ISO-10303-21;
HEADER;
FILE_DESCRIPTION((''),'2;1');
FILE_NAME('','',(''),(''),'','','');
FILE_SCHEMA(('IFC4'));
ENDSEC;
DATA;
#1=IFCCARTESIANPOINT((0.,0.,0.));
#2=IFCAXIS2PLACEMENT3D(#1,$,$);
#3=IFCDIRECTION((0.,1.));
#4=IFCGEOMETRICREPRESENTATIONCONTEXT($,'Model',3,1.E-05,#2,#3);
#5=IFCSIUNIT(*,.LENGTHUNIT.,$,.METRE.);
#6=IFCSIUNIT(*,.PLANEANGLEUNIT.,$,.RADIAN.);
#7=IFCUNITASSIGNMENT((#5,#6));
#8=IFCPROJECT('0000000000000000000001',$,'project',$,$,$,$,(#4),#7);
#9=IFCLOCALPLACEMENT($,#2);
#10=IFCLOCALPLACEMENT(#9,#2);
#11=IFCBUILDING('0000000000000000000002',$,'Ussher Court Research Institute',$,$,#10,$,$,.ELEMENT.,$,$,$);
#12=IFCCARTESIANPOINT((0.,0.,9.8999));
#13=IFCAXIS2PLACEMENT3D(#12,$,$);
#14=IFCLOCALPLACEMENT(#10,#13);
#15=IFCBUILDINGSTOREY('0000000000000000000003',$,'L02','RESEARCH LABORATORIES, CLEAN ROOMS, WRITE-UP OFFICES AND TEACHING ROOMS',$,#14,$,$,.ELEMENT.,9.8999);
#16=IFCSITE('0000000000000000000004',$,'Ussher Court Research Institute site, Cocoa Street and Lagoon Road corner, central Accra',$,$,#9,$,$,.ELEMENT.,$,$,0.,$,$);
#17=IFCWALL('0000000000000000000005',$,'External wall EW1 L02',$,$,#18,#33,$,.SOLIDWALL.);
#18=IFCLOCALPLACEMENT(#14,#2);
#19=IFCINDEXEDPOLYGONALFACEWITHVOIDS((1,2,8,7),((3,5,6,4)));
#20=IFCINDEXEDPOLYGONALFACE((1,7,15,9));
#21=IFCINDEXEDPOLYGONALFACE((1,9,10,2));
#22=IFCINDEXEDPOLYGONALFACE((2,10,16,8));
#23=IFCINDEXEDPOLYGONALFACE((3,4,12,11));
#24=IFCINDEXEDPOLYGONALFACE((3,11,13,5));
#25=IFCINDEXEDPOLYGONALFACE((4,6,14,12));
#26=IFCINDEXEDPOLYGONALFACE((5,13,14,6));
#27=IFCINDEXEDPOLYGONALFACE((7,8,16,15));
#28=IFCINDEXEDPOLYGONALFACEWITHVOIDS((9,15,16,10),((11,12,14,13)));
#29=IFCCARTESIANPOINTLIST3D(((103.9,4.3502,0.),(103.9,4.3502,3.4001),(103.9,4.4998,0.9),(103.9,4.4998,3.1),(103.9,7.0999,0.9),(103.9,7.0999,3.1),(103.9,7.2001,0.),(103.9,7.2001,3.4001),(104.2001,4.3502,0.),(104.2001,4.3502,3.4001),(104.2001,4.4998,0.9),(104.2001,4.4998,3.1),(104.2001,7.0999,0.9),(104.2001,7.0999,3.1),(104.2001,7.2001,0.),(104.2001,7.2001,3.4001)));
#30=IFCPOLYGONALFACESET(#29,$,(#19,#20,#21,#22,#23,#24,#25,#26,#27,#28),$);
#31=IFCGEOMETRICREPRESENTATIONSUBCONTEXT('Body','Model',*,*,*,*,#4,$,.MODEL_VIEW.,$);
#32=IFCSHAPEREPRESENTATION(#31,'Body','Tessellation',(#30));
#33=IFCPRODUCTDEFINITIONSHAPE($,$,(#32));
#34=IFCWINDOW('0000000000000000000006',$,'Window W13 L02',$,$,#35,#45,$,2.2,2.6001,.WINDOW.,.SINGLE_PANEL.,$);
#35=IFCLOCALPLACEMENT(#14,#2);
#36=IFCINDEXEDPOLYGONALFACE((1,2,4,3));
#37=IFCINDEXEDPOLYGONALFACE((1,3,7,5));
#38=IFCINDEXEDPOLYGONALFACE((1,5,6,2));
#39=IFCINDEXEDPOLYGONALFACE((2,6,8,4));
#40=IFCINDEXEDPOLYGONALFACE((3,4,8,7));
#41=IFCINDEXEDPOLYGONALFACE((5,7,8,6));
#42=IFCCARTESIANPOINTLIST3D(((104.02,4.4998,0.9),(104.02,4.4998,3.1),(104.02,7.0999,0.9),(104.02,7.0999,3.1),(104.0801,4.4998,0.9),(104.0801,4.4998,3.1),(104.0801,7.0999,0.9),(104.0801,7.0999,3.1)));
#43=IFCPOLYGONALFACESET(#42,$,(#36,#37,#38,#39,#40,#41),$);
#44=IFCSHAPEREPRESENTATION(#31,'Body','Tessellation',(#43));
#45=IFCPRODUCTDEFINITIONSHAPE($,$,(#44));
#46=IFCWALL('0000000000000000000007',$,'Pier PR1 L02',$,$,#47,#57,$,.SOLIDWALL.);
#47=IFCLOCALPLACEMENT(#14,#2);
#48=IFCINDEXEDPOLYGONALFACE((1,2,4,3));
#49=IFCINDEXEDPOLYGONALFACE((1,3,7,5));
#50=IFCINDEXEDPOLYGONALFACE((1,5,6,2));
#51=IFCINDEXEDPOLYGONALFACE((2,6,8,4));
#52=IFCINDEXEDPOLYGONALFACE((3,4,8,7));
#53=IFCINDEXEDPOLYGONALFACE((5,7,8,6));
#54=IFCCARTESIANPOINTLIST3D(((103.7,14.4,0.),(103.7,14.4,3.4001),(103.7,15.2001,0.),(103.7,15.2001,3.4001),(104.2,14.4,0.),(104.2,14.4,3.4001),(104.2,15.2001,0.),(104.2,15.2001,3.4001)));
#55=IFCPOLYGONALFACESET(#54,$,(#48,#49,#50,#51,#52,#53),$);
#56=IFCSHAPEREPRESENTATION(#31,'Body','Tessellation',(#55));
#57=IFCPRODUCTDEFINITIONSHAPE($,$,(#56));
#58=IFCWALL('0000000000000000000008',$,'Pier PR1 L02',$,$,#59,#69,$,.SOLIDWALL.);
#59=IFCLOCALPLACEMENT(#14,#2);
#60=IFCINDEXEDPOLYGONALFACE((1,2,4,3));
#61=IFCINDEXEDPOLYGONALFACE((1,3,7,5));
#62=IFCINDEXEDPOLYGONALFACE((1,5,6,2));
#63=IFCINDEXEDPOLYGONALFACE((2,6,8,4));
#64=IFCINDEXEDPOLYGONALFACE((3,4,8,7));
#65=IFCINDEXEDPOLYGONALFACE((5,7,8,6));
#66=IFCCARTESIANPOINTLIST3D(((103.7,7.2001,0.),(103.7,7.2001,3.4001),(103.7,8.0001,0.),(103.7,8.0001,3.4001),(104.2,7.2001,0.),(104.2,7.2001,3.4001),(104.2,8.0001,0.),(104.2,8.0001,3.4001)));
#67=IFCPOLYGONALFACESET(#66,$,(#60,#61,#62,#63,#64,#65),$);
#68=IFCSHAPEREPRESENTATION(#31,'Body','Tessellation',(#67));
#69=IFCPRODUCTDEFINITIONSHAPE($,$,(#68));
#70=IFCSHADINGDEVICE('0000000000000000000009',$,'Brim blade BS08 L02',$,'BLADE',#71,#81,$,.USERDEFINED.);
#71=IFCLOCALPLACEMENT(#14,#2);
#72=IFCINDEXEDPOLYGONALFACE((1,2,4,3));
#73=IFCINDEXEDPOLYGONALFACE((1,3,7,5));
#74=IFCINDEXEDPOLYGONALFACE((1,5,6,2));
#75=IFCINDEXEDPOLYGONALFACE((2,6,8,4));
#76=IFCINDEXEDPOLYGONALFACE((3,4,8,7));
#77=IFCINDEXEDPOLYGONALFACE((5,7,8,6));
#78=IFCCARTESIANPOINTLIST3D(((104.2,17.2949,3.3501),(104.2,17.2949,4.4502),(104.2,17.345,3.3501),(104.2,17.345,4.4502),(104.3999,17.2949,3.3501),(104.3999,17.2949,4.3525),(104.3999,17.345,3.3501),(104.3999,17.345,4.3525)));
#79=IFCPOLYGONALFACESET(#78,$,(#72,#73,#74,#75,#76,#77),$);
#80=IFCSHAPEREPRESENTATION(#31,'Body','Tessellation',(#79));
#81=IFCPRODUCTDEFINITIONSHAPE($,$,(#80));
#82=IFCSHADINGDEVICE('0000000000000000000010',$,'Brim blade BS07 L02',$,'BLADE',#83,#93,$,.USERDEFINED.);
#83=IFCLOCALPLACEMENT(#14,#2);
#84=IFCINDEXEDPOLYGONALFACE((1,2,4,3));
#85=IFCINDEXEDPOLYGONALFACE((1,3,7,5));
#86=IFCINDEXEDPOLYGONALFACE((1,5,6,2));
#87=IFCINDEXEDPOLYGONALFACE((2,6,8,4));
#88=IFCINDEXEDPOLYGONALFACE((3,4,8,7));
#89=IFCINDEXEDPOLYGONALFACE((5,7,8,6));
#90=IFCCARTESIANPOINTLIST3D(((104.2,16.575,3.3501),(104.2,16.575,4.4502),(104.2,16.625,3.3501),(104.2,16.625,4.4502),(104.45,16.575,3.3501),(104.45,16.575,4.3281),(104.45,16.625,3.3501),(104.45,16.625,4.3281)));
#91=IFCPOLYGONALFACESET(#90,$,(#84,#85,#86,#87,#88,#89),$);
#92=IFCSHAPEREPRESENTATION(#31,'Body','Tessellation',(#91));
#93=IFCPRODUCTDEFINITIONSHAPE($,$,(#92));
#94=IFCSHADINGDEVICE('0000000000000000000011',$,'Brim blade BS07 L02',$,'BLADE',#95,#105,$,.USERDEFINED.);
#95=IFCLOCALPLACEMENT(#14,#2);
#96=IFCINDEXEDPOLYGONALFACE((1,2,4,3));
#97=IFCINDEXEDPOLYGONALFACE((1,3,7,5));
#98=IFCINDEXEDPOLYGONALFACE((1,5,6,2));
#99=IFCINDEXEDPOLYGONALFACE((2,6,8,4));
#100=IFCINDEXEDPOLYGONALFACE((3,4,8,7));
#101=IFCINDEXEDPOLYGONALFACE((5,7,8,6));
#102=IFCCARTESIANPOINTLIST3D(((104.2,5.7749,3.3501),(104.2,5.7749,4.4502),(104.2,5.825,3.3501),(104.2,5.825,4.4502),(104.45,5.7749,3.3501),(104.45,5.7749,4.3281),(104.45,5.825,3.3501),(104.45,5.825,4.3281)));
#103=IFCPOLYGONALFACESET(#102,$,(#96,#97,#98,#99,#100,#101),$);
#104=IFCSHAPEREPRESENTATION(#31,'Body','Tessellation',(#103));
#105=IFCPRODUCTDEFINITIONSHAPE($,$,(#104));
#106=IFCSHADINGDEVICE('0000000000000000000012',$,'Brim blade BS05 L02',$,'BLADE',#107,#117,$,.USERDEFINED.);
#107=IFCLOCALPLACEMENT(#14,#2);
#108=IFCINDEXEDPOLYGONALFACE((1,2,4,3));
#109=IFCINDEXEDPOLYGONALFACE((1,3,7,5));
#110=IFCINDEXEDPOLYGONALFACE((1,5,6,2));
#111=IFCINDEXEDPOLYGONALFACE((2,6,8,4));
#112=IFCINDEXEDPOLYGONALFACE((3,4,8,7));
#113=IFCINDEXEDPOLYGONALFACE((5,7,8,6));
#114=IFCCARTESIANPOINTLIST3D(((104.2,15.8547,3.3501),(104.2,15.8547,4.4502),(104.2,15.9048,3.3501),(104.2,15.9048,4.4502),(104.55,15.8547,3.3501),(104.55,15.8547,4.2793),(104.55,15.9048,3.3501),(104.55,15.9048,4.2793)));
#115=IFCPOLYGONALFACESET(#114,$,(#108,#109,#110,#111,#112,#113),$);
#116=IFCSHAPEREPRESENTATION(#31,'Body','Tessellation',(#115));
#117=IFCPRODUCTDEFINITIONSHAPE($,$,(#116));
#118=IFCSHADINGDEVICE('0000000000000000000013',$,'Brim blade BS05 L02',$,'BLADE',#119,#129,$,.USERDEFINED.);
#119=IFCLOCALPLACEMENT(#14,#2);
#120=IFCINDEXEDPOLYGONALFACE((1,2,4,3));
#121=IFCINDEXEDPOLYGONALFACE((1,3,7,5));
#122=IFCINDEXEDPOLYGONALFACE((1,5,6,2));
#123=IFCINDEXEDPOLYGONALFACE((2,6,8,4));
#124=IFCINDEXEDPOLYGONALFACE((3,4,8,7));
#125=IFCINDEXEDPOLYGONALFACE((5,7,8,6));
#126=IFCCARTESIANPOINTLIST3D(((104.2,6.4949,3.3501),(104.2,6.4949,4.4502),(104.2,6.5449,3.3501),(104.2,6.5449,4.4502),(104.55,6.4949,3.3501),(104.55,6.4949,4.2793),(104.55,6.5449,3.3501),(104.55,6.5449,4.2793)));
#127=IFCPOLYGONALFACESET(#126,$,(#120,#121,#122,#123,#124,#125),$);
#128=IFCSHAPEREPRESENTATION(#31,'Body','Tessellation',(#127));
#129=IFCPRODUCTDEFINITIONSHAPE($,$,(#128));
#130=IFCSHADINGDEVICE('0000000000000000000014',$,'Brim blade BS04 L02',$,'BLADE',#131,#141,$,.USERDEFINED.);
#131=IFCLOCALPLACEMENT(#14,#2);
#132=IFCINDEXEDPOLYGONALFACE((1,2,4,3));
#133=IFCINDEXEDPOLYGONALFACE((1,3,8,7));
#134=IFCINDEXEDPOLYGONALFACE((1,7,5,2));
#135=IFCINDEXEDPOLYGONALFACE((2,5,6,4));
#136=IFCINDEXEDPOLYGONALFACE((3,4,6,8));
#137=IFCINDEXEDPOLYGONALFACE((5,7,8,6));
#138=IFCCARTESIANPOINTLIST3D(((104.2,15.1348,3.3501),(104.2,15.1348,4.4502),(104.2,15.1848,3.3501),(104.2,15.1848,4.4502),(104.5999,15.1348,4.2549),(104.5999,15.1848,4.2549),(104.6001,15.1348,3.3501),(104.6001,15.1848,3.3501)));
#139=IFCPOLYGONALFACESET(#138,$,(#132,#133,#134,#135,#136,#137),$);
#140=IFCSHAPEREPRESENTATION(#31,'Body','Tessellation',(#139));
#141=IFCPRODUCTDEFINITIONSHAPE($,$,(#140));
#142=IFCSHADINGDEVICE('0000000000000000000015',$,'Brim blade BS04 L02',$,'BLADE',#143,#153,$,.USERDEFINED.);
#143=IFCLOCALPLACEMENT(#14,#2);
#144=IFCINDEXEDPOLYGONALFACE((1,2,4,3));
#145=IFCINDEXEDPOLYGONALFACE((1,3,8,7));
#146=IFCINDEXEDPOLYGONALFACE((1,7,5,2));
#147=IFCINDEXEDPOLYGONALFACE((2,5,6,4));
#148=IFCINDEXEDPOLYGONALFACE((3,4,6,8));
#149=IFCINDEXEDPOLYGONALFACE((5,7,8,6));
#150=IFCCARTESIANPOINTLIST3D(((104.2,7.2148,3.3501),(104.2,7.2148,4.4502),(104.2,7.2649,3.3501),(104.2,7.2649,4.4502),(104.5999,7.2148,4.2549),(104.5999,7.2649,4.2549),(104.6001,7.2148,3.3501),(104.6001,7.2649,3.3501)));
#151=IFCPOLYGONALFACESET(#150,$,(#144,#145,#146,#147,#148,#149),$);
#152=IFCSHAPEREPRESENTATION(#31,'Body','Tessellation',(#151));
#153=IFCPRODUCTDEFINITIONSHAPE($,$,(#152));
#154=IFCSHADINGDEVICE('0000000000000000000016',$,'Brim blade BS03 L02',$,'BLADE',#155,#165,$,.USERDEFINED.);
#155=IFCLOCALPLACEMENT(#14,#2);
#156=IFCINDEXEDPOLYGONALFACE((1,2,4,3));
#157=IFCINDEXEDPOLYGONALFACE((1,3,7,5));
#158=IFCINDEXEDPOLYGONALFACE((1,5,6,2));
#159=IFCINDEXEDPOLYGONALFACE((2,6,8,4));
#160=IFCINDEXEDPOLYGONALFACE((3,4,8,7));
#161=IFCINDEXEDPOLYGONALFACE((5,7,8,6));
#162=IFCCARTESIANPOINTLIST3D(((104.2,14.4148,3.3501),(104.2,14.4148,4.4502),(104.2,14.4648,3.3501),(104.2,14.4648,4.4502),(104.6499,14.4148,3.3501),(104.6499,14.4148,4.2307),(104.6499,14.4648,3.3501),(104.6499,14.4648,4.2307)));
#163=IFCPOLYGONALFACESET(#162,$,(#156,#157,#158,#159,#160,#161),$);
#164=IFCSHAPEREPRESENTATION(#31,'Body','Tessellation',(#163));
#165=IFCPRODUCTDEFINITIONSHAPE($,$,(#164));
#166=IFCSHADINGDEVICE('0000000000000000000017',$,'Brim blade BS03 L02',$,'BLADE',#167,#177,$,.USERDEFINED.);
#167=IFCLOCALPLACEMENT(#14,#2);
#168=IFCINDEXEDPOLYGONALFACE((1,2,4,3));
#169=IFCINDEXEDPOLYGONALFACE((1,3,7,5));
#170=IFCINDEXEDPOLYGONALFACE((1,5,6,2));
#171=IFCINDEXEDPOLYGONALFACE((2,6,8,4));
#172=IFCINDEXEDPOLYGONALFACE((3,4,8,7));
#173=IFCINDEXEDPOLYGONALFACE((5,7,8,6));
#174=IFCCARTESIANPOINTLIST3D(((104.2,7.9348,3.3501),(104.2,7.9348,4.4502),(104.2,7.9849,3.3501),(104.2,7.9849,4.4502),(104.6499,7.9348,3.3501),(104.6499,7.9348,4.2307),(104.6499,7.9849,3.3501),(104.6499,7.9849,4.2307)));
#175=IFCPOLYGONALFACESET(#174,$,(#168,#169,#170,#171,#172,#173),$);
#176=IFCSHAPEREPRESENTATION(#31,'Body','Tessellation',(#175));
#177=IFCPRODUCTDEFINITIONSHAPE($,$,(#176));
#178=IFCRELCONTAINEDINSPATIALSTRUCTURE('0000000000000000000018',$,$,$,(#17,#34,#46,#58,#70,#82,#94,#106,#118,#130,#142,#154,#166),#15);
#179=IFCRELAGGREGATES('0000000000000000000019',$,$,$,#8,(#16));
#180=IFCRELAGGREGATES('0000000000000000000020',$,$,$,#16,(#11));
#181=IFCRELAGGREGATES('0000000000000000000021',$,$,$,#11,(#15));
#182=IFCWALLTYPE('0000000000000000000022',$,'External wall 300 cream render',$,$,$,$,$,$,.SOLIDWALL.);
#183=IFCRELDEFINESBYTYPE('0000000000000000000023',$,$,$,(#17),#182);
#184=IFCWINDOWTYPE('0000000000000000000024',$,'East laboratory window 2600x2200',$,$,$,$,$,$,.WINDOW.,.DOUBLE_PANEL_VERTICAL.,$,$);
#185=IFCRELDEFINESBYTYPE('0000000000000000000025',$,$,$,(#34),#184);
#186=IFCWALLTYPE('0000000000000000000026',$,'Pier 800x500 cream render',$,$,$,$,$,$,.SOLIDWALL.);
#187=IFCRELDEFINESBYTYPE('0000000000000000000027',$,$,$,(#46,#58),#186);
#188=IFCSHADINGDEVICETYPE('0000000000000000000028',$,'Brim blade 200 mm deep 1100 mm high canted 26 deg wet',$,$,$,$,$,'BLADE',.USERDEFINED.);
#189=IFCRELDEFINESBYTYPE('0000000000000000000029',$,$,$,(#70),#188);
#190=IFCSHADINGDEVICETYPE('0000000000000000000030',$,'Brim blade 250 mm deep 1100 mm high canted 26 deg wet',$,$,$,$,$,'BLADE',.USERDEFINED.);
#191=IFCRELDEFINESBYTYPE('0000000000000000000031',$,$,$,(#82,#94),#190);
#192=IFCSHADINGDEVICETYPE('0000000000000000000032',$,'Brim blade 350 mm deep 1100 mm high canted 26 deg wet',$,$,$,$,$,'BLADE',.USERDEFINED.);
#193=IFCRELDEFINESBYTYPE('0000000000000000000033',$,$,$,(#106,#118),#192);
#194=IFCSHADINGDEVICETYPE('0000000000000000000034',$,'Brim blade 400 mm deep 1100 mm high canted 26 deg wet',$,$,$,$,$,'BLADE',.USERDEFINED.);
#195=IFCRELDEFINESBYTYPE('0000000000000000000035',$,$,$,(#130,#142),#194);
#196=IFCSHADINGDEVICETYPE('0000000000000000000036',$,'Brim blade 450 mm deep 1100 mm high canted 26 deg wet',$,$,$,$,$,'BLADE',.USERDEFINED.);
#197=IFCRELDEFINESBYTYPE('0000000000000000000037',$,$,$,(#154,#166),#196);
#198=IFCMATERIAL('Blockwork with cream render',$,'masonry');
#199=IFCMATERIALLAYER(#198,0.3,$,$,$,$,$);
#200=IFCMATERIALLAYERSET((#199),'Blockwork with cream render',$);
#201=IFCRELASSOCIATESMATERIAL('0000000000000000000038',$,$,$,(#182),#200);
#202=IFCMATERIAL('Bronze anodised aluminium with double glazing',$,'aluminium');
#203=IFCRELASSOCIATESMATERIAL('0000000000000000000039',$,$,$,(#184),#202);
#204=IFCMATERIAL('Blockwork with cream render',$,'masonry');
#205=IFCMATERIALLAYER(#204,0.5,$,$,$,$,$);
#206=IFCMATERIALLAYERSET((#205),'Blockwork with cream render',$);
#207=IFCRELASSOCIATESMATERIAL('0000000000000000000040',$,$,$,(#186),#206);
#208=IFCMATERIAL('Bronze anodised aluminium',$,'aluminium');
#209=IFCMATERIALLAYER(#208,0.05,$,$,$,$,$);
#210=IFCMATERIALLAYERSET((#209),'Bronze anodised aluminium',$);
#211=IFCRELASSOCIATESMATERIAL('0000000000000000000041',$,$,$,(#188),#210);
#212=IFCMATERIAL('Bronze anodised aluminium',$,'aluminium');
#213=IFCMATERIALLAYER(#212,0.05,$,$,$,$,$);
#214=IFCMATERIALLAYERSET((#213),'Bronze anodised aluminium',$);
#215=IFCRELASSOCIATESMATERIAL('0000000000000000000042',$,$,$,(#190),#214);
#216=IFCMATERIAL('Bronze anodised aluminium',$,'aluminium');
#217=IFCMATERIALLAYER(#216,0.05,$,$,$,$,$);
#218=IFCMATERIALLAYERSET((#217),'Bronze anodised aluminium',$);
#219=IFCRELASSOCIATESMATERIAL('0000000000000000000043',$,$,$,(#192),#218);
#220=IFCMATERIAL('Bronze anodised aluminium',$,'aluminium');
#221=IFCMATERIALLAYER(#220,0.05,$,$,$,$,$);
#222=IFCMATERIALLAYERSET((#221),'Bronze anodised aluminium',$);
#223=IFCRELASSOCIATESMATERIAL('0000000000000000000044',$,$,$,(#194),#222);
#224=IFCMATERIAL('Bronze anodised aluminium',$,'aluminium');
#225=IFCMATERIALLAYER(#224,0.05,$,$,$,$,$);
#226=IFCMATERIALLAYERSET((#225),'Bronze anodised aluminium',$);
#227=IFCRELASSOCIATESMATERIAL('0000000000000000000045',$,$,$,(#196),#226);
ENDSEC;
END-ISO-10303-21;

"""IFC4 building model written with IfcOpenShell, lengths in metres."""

from ifc_helpers import new_model, si_unit, direction, frame, frame_2d, origin, place, context, subcontext, project, spatial, polyline, rectangle, outline, extrude, material, layer, layer_set, type_object, element, fill, save


model = new_model("IFC4")

# Units and contexts
model_context = context("Model", 3, precision=1e-05, world=origin(), true_north=direction((0.0, 1.0)))
body_context = subcontext(model_context, "Body", "Model", "MODEL_VIEW")
ifc_project = project(units=[si_unit("LENGTHUNIT", "METRE"), si_unit("PLANEANGLEUNIT", "RADIAN")], contexts=[model_context])

# Site, building, storey
site_placement = place(None, origin())
site = spatial("IfcSite", under=ifc_project, at=site_placement, Name="Ussher Court Research Institute site, Cocoa Street and Lagoon Road corner, central Accra", CompositionType="ELEMENT", RefElevation=0.0)
building_placement = place(site_placement, origin())
building = spatial("IfcBuilding", under=site, at=building_placement, Name="Ussher Court Research Institute", CompositionType="ELEMENT")
storey_placement = place(building_placement, frame((0.0, 0.0, 9.8999)))
storey = spatial("IfcBuildingStorey", under=building, at=storey_placement, Name="L02", Description="RESEARCH LABORATORIES, CLEAN ROOMS, WRITE-UP OFFICES AND TEACHING ROOMS", CompositionType="ELEMENT", Elevation=9.8999)

# Wall, opening, window
ifc_material_1 = material(Name="Blockwork with cream render", Category="masonry")
ifc_layer_1 = layer(ifc_material_1, 0.3)
ifc_layer_set_1 = layer_set([ifc_layer_1], Name="Blockwork with cream render")
wall_type_1 = type_object("IfcWallType", Name="External wall 300 cream render", PredefinedType="SOLIDWALL", material=ifc_layer_set_1)
ifc_material_2 = material(Name="Bronze anodised aluminium with double glazing", Category="aluminium")
window_type = type_object("IfcWindowType", Name="East laboratory window 2600x2200", PartitioningType="DOUBLE_PANEL_VERTICAL", PredefinedType="WINDOW", material=ifc_material_2)
wall_1_placement = place(storey_placement, frame((104.05, 7.2, 0.0), z_axis=(0.0, 0.0, 1.0), x_axis=(0.0, -1.0, 0.0)))
wall_1 = element("IfcWall", 1, at=wall_1_placement, inside=storey, type_object=wall_type_1, Name="External wall EW1 L02", PredefinedType="SOLIDWALL", context=body_context, shape_type="SweptSolid", body=[
    extrude(rectangle(XDim=2.8499, YDim=0.3, at=frame_2d((1.4248, 0.0))), origin(), (0.0, 0.0, 1.0), 3.4001),
])
opening_1_placement = place(wall_1_placement, frame((0.1001, 0.0, 0.8999)))
opening_1 = element("IfcOpeningElement", 2, at=opening_1_placement, cuts=wall_1, PredefinedType="OPENING", context=body_context, shape_type="SweptSolid", body=[
    extrude(rectangle(XDim=2.6001, YDim=2.2, at=frame_2d((1.3, 1.1001))), frame((0.0, 0.1602, 0.0), z_axis=(0.0, -1.0, 0.0), x_axis=(1.0, 0.0, 0.0)), (0.0, 0.0, 1.0), 0.3201),
])
window_1_placement = place(opening_1_placement, origin())
window_1 = element("IfcWindow", 3, at=window_1_placement, inside=storey, type_object=window_type, Name="Window W13 L02", OverallHeight=2.2, OverallWidth=2.6001, PartitioningType="SINGLE_PANEL", PredefinedType="WINDOW", context=body_context, shape_type="SweptSolid", body=[
    extrude(rectangle(XDim=2.6001, YDim=2.2, at=frame_2d((1.3, 1.1001))), frame((0.0, 0.03, 0.0), z_axis=(0.0, -1.0, 0.0), x_axis=(1.0, 0.0, 0.0)), (0.0, 0.0, 1.0), 0.0601),
])
fill(opening_1, window_1)

# Walls
ifc_material_3 = material(Name="Blockwork with cream render", Category="masonry")
ifc_layer_2 = layer(ifc_material_3, 0.5)
ifc_layer_set_2 = layer_set([ifc_layer_2], Name="Blockwork with cream render")
wall_type_2 = type_object("IfcWallType", Name="Pier 800x500 cream render", PredefinedType="SOLIDWALL", material=ifc_layer_set_2)
for number, where, z_axis, x_axis, name in (
    (4, (103.95, 15.2, 0.0), (0.0, 0.0, 1.0), (0.0, -1.0, 0.0), "Pier PR1 L02"),
    (5, (103.95, 8.0, 0.0), (0.0, 0.0, 1.0), (0.0, -1.0, 0.0), "Pier PR1 L02"),
):
    element("IfcWall", number, at=place(storey_placement, frame(where, z_axis=z_axis, x_axis=x_axis)), inside=storey, type_object=wall_type_2, Name=name, PredefinedType="SOLIDWALL", context=body_context, shape_type="SweptSolid", body=[
        extrude(rectangle(XDim=0.8, YDim=0.5, at=frame_2d((0.3999, 0.0))), origin(), (0.0, 0.0, 1.0), 3.4001),
    ])

# Shading devices
ifc_material_4 = material(Name="Bronze anodised aluminium", Category="aluminium")
ifc_layer_3 = layer(ifc_material_4, 0.05)
ifc_layer_set_3 = layer_set([ifc_layer_3], Name="Bronze anodised aluminium")
shading_device_type_1 = type_object("IfcShadingDeviceType", Name="Brim blade 200 mm deep 1100 mm high canted 26 deg wet", ElementType="BLADE", PredefinedType="USERDEFINED", material=ifc_layer_set_3)
shading_device_placement = place(storey_placement, frame((104.2, 17.3201, 3.3501), z_axis=(0.0, 0.0, 1.0), x_axis=(1.0, 0.0, 0.0)))
element("IfcShadingDevice", 6, at=shading_device_placement, inside=storey, type_object=shading_device_type_1, Name="Brim blade BS08 L02", ObjectType="BLADE", PredefinedType="USERDEFINED", context=body_context, shape_type="SweptSolid", body=[
    extrude(outline(polyline([(0.0, 0.0), (0.2, 0.0), (0.2, 1.0024), (0.0, 1.1001), (0.0, 0.0)])), frame((0.0, 0.0249, 0.0), z_axis=(0.0, -1.0, 0.0), x_axis=(1.0, 0.0, 0.0)), (0.0, 0.0, 1.0), 0.05),
])
ifc_material_5 = material(Name="Bronze anodised aluminium", Category="aluminium")
ifc_layer_4 = layer(ifc_material_5, 0.05)
ifc_layer_set_4 = layer_set([ifc_layer_4], Name="Bronze anodised aluminium")
shading_device_type_2 = type_object("IfcShadingDeviceType", Name="Brim blade 250 mm deep 1100 mm high canted 26 deg wet", ElementType="BLADE", PredefinedType="USERDEFINED", material=ifc_layer_set_4)
for number, where, z_axis, x_axis, name in (
    (7, (104.2, 16.6001, 3.3501), (0.0, 0.0, 1.0), (1.0, 0.0, 0.0), "Brim blade BS07 L02"),
    (8, (104.2, 5.8, 3.3501), (0.0, 0.0, 1.0), (1.0, 0.0, 0.0), "Brim blade BS07 L02"),
):
    element("IfcShadingDevice", number, at=place(storey_placement, frame(where, z_axis=z_axis, x_axis=x_axis)), inside=storey, type_object=shading_device_type_2, Name=name, ObjectType="BLADE", PredefinedType="USERDEFINED", context=body_context, shape_type="SweptSolid", body=[
        extrude(outline(polyline([(0.0, 0.0), (0.25, 0.0), (0.25, 0.978), (0.0, 1.1001), (0.0, 0.0)])), frame((0.0, 0.0249, 0.0), z_axis=(0.0, -1.0, 0.0), x_axis=(1.0, 0.0, 0.0)), (0.0, 0.0, 1.0), 0.05),
    ])
ifc_material_6 = material(Name="Bronze anodised aluminium", Category="aluminium")
ifc_layer_5 = layer(ifc_material_6, 0.05)
ifc_layer_set_5 = layer_set([ifc_layer_5], Name="Bronze anodised aluminium")
shading_device_type_3 = type_object("IfcShadingDeviceType", Name="Brim blade 350 mm deep 1100 mm high canted 26 deg wet", ElementType="BLADE", PredefinedType="USERDEFINED", material=ifc_layer_set_5)
for number, where, z_axis, x_axis, name in (
    (9, (104.2, 15.8799, 3.3501), (0.0, 0.0, 1.0), (1.0, 0.0, 0.0), "Brim blade BS05 L02"),
    (10, (104.2, 6.52, 3.3501), (0.0, 0.0, 1.0), (1.0, 0.0, 0.0), "Brim blade BS05 L02"),
):
    element("IfcShadingDevice", number, at=place(storey_placement, frame(where, z_axis=z_axis, x_axis=x_axis)), inside=storey, type_object=shading_device_type_3, Name=name, ObjectType="BLADE", PredefinedType="USERDEFINED", context=body_context, shape_type="SweptSolid", body=[
        extrude(outline(polyline([(0.0, 0.0), (0.3501, 0.0), (0.3501, 0.9292), (0.0, 1.1001), (0.0, 0.0)])), frame((0.0, 0.0249, 0.0), z_axis=(0.0, -1.0, 0.0), x_axis=(1.0, 0.0, 0.0)), (0.0, 0.0, 1.0), 0.05),
    ])
ifc_material_7 = material(Name="Bronze anodised aluminium", Category="aluminium")
ifc_layer_6 = layer(ifc_material_7, 0.05)
ifc_layer_set_6 = layer_set([ifc_layer_6], Name="Bronze anodised aluminium")
shading_device_type_4 = type_object("IfcShadingDeviceType", Name="Brim blade 400 mm deep 1100 mm high canted 26 deg wet", ElementType="BLADE", PredefinedType="USERDEFINED", material=ifc_layer_set_6)
for number, where, z_axis, x_axis, name in (
    (11, (104.2, 15.1599, 3.3501), (0.0, 0.0, 1.0), (1.0, 0.0, 0.0), "Brim blade BS04 L02"),
    (12, (104.2, 7.24, 3.3501), (0.0, 0.0, 1.0), (1.0, 0.0, 0.0), "Brim blade BS04 L02"),
):
    element("IfcShadingDevice", number, at=place(storey_placement, frame(where, z_axis=z_axis, x_axis=x_axis)), inside=storey, type_object=shading_device_type_4, Name=name, ObjectType="BLADE", PredefinedType="USERDEFINED", context=body_context, shape_type="SweptSolid", body=[
        extrude(outline(polyline([(0.0, 0.0), (0.4001, 0.0), (0.3999, 0.9048), (0.0, 1.1001), (0.0, 0.0)])), frame((0.0, 0.0249, 0.0), z_axis=(0.0, -1.0, 0.0), x_axis=(1.0, 0.0, 0.0)), (0.0, 0.0, 1.0), 0.05),
    ])
ifc_material_8 = material(Name="Bronze anodised aluminium", Category="aluminium")
ifc_layer_7 = layer(ifc_material_8, 0.05)
ifc_layer_set_7 = layer_set([ifc_layer_7], Name="Bronze anodised aluminium")
shading_device_type_5 = type_object("IfcShadingDeviceType", Name="Brim blade 450 mm deep 1100 mm high canted 26 deg wet", ElementType="BLADE", PredefinedType="USERDEFINED", material=ifc_layer_set_7)
for number, where, z_axis, x_axis, name in (
    (13, (104.2, 14.4399, 3.3501), (0.0, 0.0, 1.0), (1.0, 0.0, 0.0), "Brim blade BS03 L02"),
    (14, (104.2, 7.96, 3.3501), (0.0, 0.0, 1.0), (1.0, 0.0, 0.0), "Brim blade BS03 L02"),
):
    element("IfcShadingDevice", number, at=place(storey_placement, frame(where, z_axis=z_axis, x_axis=x_axis)), inside=storey, type_object=shading_device_type_5, Name=name, ObjectType="BLADE", PredefinedType="USERDEFINED", context=body_context, shape_type="SweptSolid", body=[
        extrude(outline(polyline([(0.0, 0.0), (0.45, 0.0), (0.45, 0.8806), (0.0, 1.1001), (0.0, 0.0)])), frame((0.0, 0.0249, 0.0), z_axis=(0.0, -1.0, 0.0), x_axis=(1.0, 0.0, 0.0)), (0.0, 0.0, 1.0), 0.05),
    ])

save(model, "model.ifc")
